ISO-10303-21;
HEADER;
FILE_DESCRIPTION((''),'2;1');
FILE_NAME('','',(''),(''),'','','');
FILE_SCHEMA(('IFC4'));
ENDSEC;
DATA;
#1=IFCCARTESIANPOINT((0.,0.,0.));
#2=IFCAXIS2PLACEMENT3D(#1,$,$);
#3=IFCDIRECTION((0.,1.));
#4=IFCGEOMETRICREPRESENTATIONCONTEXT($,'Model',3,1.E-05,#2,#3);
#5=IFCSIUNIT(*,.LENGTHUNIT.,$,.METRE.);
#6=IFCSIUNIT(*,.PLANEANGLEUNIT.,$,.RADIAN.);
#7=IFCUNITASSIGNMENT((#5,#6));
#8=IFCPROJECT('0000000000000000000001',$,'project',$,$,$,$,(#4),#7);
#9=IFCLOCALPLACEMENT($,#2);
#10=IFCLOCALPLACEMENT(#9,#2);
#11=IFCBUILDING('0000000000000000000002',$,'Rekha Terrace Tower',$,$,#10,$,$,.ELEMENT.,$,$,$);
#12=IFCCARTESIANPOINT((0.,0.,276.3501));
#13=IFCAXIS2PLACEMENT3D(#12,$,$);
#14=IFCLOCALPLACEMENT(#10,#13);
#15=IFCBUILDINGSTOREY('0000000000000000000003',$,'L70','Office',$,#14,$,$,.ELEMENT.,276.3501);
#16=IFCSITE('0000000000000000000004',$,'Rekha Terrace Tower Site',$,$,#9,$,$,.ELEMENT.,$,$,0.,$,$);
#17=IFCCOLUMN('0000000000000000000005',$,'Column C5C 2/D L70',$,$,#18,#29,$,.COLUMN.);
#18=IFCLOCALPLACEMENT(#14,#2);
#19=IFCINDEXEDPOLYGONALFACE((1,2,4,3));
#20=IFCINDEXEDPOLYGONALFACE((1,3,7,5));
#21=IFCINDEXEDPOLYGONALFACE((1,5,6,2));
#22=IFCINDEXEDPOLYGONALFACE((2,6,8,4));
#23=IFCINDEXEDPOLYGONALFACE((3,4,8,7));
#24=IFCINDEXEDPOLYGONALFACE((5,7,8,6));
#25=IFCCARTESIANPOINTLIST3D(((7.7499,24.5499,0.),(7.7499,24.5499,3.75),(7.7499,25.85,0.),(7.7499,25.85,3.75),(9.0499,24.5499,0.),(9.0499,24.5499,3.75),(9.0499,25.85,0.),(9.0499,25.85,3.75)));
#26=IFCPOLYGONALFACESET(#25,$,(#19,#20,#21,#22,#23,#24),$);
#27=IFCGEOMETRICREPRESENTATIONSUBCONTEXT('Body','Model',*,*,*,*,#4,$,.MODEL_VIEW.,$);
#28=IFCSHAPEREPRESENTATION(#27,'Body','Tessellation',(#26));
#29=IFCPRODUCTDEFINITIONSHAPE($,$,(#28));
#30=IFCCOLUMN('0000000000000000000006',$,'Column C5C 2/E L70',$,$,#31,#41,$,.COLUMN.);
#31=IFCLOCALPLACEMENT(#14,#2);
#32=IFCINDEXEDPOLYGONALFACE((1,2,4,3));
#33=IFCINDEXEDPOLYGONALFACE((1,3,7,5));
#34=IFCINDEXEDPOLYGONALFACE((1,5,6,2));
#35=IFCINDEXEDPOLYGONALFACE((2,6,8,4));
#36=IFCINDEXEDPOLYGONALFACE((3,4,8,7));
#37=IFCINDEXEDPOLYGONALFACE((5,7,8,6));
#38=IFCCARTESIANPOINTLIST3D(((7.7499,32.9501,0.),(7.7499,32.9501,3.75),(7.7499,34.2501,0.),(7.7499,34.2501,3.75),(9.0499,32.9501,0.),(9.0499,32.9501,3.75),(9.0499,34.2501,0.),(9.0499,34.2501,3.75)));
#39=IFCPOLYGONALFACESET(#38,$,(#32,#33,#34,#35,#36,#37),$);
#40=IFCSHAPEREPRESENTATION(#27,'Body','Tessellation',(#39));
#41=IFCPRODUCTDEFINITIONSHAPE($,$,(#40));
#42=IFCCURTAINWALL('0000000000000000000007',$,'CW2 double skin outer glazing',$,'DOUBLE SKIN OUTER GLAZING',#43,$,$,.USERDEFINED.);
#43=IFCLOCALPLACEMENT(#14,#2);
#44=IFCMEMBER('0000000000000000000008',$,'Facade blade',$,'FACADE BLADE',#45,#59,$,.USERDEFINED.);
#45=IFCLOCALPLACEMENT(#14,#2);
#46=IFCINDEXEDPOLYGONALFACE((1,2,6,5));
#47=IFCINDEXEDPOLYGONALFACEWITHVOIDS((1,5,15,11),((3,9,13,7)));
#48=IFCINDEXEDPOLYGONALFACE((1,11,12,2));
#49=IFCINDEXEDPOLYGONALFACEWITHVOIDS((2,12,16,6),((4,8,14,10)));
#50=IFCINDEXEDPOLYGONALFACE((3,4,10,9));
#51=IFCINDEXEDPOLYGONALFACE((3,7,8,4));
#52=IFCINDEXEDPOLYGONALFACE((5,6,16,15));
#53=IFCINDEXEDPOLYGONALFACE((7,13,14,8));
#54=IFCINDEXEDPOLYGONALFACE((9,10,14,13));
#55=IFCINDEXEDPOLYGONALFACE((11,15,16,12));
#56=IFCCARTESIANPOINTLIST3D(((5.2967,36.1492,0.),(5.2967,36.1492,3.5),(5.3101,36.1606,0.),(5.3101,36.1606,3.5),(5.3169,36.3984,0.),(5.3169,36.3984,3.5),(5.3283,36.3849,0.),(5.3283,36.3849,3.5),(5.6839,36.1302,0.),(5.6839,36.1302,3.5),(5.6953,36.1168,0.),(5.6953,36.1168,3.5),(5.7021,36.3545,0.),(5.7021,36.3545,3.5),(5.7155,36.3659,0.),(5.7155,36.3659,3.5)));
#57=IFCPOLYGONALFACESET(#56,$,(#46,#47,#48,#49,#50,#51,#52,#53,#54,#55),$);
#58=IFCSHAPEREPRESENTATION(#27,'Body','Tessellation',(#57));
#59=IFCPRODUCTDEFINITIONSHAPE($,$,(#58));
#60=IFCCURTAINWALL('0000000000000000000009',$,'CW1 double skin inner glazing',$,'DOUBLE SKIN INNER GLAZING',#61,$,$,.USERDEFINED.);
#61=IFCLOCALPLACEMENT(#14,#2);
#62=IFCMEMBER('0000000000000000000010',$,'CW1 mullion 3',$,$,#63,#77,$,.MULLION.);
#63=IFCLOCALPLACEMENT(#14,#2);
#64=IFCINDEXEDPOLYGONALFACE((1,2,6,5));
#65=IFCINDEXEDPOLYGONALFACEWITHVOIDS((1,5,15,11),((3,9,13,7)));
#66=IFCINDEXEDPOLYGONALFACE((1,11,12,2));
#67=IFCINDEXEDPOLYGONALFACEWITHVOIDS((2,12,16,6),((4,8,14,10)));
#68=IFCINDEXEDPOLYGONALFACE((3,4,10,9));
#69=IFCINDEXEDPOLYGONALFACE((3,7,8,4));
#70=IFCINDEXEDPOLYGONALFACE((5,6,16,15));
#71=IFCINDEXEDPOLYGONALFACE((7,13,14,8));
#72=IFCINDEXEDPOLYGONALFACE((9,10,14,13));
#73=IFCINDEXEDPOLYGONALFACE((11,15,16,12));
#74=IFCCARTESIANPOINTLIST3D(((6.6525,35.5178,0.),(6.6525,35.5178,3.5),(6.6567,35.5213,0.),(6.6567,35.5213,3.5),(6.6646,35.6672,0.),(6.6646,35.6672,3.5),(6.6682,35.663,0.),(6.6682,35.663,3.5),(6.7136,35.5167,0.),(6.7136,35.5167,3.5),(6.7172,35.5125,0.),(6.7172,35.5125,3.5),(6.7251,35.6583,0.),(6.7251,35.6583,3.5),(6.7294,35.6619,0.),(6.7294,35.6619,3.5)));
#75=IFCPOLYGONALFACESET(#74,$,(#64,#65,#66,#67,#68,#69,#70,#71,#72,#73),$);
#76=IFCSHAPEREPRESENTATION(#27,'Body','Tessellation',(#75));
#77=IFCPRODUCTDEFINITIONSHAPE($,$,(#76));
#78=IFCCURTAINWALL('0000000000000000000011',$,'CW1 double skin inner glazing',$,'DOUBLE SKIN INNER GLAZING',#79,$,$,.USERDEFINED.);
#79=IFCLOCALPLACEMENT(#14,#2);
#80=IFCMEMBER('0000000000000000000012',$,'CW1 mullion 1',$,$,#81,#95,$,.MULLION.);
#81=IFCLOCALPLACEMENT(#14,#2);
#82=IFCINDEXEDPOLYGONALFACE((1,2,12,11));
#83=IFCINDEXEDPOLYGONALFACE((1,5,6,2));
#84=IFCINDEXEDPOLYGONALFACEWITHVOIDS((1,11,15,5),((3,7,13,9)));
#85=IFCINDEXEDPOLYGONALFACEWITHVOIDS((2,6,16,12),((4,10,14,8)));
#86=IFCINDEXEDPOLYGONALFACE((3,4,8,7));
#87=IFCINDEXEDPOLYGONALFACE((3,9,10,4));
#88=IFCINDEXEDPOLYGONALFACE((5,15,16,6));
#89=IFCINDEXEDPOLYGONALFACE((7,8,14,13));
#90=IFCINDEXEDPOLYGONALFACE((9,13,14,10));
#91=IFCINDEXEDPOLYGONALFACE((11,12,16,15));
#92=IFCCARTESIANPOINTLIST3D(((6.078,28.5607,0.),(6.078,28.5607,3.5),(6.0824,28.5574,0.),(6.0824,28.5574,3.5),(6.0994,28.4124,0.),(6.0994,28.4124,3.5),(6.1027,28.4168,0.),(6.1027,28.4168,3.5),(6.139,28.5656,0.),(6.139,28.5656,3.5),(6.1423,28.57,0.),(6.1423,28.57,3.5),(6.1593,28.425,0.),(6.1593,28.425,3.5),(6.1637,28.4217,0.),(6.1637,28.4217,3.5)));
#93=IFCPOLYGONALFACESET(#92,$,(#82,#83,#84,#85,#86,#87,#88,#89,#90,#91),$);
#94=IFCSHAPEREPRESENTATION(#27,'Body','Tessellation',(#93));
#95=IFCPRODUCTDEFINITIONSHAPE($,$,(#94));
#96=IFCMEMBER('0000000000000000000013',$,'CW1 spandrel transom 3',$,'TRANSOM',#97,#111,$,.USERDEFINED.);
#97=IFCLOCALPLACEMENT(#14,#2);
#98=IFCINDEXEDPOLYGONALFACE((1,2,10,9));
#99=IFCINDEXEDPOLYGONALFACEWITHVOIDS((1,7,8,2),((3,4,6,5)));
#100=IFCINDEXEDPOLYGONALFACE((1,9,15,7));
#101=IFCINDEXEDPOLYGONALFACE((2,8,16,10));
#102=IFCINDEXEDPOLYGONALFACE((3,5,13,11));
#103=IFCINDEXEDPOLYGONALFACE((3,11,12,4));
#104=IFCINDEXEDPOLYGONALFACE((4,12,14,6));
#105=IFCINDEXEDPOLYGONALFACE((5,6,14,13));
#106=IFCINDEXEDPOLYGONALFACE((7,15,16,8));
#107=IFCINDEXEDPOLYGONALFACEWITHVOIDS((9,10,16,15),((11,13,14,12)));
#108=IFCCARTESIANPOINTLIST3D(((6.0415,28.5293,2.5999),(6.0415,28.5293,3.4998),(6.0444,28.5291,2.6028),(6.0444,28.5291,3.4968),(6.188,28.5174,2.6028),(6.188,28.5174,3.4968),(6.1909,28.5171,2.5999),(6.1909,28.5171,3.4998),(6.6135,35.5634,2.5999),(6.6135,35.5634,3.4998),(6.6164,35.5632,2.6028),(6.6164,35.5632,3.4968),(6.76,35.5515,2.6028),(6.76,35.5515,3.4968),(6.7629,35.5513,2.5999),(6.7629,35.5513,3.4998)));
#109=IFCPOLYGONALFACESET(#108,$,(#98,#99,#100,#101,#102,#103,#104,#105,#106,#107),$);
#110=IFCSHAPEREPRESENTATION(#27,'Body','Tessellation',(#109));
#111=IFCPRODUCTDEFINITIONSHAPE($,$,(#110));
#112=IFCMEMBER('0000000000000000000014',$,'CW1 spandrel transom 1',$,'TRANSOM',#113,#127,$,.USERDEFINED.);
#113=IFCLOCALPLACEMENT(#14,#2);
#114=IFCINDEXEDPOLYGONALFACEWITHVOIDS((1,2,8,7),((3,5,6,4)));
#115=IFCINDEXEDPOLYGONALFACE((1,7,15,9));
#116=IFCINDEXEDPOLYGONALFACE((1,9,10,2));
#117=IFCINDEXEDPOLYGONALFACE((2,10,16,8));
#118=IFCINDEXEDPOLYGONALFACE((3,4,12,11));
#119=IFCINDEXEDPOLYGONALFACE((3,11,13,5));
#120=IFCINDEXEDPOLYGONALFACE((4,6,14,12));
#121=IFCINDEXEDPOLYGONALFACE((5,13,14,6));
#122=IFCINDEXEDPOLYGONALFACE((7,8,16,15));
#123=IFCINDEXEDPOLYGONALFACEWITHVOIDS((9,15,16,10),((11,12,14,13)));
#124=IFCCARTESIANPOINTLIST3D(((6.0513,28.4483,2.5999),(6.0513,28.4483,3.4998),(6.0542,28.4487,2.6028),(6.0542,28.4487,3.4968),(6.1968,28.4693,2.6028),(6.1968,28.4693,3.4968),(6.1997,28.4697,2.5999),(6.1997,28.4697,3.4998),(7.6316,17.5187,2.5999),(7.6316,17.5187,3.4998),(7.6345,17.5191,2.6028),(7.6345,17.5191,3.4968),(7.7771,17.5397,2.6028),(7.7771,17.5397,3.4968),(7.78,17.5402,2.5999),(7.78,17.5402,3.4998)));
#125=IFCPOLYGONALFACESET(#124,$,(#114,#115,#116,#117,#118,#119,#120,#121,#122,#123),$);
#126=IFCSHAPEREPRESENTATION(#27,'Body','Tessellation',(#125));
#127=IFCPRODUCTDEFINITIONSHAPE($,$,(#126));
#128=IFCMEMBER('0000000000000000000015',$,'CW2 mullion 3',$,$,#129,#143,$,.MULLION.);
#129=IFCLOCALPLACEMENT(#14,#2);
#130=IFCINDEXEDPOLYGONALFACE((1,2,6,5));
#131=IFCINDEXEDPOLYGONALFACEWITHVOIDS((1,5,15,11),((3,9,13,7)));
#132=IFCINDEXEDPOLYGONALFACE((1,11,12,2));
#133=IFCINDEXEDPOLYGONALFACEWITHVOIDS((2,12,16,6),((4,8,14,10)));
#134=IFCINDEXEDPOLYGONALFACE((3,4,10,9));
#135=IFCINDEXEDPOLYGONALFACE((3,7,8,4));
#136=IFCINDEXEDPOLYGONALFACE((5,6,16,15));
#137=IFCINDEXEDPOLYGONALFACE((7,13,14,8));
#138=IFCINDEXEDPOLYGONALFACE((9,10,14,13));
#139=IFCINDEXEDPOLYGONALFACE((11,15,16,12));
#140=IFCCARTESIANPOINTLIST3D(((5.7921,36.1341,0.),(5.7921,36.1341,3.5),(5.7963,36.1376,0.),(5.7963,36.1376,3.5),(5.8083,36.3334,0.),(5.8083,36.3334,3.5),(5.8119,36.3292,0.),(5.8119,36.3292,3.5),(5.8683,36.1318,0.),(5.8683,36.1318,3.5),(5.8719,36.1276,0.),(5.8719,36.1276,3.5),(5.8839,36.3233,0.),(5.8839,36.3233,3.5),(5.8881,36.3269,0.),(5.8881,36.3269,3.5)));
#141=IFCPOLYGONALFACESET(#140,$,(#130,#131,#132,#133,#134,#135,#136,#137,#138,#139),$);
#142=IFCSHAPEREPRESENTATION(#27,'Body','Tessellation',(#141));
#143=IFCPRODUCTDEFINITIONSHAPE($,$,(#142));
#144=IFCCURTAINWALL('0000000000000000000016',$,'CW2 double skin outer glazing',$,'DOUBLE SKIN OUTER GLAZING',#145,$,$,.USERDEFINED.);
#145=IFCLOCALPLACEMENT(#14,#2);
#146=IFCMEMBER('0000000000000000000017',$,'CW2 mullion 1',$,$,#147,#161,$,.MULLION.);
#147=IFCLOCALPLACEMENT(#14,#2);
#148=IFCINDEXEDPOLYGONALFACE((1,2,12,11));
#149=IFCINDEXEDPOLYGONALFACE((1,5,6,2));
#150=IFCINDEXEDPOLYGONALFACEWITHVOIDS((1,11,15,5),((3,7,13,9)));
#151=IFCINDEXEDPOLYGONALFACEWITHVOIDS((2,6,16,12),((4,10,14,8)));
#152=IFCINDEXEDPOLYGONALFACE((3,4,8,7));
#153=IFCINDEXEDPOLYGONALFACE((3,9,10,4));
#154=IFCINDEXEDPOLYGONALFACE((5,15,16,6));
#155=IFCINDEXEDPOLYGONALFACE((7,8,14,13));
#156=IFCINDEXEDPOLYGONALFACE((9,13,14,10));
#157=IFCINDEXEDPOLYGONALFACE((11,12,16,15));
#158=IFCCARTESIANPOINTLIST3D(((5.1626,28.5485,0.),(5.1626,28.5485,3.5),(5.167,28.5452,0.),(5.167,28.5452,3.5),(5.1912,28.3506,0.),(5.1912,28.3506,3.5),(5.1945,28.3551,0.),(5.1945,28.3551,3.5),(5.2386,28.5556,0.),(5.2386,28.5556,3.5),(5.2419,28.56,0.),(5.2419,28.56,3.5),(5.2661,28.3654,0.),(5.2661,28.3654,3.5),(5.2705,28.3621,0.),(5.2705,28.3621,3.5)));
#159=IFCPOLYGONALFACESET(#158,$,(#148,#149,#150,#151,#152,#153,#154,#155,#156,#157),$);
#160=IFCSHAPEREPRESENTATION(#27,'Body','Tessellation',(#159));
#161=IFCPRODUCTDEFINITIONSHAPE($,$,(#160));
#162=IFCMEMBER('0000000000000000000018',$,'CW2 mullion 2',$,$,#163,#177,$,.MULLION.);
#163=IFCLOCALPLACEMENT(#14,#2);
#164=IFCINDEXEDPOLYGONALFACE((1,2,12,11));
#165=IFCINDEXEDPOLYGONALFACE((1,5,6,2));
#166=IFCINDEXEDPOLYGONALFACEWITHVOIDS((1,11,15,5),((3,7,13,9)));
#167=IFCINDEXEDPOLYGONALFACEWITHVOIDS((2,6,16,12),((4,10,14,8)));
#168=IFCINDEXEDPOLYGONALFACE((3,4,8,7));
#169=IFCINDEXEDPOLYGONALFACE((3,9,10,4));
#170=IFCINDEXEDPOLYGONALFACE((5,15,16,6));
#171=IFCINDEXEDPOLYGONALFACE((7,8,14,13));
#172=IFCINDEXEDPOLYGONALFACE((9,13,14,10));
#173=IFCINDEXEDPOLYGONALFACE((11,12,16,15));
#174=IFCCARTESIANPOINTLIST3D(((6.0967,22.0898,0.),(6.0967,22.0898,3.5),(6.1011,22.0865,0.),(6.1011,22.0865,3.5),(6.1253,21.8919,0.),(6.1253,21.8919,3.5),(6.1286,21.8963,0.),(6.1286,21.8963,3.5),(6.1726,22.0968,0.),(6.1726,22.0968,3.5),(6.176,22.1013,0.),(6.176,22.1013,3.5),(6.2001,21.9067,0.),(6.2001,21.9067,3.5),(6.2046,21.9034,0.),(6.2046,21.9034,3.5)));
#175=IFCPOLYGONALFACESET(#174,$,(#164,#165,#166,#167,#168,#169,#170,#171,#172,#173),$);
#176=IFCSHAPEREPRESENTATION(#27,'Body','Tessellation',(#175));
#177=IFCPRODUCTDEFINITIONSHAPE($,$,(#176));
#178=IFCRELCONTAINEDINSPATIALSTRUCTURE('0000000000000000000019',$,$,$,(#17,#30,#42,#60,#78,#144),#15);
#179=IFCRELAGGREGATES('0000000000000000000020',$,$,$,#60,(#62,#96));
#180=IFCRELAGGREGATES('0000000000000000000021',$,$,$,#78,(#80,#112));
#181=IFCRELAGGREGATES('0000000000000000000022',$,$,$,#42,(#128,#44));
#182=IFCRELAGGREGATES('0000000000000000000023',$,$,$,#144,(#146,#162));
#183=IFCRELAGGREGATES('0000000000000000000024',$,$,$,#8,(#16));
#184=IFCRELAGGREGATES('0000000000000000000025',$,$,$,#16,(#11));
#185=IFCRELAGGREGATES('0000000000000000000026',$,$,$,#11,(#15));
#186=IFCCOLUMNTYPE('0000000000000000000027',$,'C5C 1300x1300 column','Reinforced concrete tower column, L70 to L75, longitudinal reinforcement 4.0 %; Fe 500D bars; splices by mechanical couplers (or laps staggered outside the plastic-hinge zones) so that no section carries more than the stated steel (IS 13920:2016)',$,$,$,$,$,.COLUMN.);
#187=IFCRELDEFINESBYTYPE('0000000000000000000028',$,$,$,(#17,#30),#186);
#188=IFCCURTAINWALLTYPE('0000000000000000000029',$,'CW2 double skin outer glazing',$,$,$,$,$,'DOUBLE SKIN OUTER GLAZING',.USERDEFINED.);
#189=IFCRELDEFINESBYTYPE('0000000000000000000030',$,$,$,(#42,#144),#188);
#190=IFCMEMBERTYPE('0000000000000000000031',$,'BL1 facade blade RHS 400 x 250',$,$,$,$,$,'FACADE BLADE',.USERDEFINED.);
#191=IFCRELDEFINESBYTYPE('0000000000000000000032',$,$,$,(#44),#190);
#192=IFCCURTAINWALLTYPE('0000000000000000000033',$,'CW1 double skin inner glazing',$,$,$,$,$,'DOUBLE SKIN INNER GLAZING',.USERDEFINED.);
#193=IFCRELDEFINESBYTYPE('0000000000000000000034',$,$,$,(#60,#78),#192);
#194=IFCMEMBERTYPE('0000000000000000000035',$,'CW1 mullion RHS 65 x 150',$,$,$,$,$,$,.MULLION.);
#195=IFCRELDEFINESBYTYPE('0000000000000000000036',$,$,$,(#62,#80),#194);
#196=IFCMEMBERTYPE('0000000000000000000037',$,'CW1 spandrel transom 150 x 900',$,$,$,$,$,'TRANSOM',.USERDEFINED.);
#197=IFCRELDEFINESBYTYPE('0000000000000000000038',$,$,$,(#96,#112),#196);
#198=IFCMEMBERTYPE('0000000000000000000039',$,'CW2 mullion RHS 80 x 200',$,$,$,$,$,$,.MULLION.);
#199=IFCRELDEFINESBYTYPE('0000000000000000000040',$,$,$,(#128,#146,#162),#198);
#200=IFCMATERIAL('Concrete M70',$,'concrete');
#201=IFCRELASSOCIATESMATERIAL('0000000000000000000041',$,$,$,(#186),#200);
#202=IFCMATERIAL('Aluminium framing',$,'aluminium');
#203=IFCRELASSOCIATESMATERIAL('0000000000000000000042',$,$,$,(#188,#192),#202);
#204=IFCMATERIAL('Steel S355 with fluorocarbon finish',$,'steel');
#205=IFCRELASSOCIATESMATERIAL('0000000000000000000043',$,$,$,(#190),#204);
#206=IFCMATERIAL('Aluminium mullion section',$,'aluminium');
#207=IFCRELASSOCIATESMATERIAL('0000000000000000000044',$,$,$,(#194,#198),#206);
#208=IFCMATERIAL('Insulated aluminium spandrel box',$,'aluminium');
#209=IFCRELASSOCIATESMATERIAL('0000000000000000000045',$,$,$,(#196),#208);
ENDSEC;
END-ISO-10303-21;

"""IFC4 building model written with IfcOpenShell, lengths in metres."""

from ifc_helpers import new_model, si_unit, direction, frame, origin, origin_2d, place, context, subcontext, project, spatial, rectangle, hollow_rectangle, extrude, material, material_profile, profile_set, type_object, element, aggregate, save


model = new_model("IFC4")

# Units and contexts
model_context = context("Model", 3, precision=1e-05, world=origin(), true_north=direction((0.0, 1.0)))
body_context = subcontext(model_context, "Body", "Model", "MODEL_VIEW")
ifc_project = project(units=[si_unit("LENGTHUNIT", "METRE"), si_unit("PLANEANGLEUNIT", "RADIAN")], contexts=[model_context])

# Site, building, storey
site_placement = place(None, origin())
site = spatial("IfcSite", under=ifc_project, at=site_placement, Name="Rekha Terrace Tower Site", CompositionType="ELEMENT", RefElevation=0.0)
building_placement = place(site_placement, origin())
building = spatial("IfcBuilding", under=site, at=building_placement, Name="Rekha Terrace Tower", CompositionType="ELEMENT")
storey_placement = place(building_placement, frame((0.0, 0.0, 276.3501)))
storey = spatial("IfcBuildingStorey", under=building, at=storey_placement, Name="L70", Description="Office", CompositionType="ELEMENT", Elevation=276.3501)

# Columns
ifc_material_1 = material(Name="Concrete M70", Category="concrete")
ifc_material_profile_1 = material_profile(ifc_material_1, rectangle(XDim=1.3, YDim=1.3, at=origin_2d()), Name="RC 1300x1300")
ifc_profile_set_1 = profile_set([ifc_material_profile_1], Name="Concrete M70")
column_type = type_object("IfcColumnType", Name="C5C 1300x1300 column", Description="Reinforced concrete tower column, L70 to L75, longitudinal reinforcement 4.0 %; Fe 500D bars; splices by mechanical couplers (or laps staggered outside the plastic-hinge zones) so that no section carries more than the stated steel (IS 13920:2016)", PredefinedType="COLUMN", material=ifc_profile_set_1)
for number, where, z_axis, x_axis, name in (
    (1, (8.3999, 25.2, 0.0), (0.0, 0.0, 1.0), (1.0, 0.0, 0.0), "Column C5C 2/D L70"),
    (2, (8.3999, 33.6001, 0.0), (0.0, 0.0, 1.0), (1.0, 0.0, 0.0), "Column C5C 2/E L70"),
):
    element("IfcColumn", number, at=place(storey_placement, frame(where, z_axis=z_axis, x_axis=x_axis)), inside=storey, type_object=column_type, Name=name, PredefinedType="COLUMN", context=body_context, shape_type="SweptSolid", body=[
        extrude(rectangle(XDim=1.3, YDim=1.3, at=origin_2d()), origin(), (0.0, 0.0, 1.0), 3.75),
    ])

# Curtain walls, members
ifc_material_2 = material(Name="Aluminium framing", Category="aluminium")
curtain_wall_type_1 = type_object("IfcCurtainWallType", Name="CW2 double skin outer glazing", ElementType="DOUBLE SKIN OUTER GLAZING", PredefinedType="USERDEFINED", material=ifc_material_2)
curtain_wall_1_placement = place(storey_placement, origin())
curtain_wall_1 = element("IfcCurtainWall", 3, at=curtain_wall_1_placement, inside=storey, type_object=curtain_wall_type_1, Name="CW2 double skin outer glazing", ObjectType="DOUBLE SKIN OUTER GLAZING", PredefinedType="USERDEFINED")
ifc_material_3 = material(Name="Steel S355 with fluorocarbon finish", Category="steel")
ifc_material_profile_2 = material_profile(ifc_material_3, hollow_rectangle(XDim=0.25, YDim=0.3999, WallThickness=0.0125, at=origin_2d()), Name="RHS400x250x12.5")
ifc_profile_set_2 = profile_set([ifc_material_profile_2], Name="Steel S355 with fluorocarbon finish")
member_type_1 = type_object("IfcMemberType", Name="BL1 facade blade RHS 400 x 250", ElementType="FACADE BLADE", PredefinedType="USERDEFINED", material=ifc_profile_set_2)
member_1_placement = place(storey_placement, frame((5.5061, 36.2576, 0.0), z_axis=(0.0, 0.0, 1.0), x_axis=(-0.081069, -0.996709, 0.0)))
member_1 = element("IfcMember", 4, at=member_1_placement, type_object=member_type_1, Name="Facade blade", ObjectType="FACADE BLADE", PredefinedType="USERDEFINED", context=body_context, shape_type="SweptSolid", body=[
    extrude(hollow_rectangle(XDim=0.25, YDim=0.3999, WallThickness=0.0125, at=origin_2d()), origin(), (0.0, 0.0, 1.0), 3.5),
])
curtain_wall_type_2 = type_object("IfcCurtainWallType", Name="CW1 double skin inner glazing", ElementType="DOUBLE SKIN INNER GLAZING", PredefinedType="USERDEFINED", material=ifc_material_2)
curtain_wall_2_placement = place(storey_placement, origin())
curtain_wall_2 = element("IfcCurtainWall", 5, at=curtain_wall_2_placement, inside=storey, type_object=curtain_wall_type_2, Name="CW1 double skin inner glazing", ObjectType="DOUBLE SKIN INNER GLAZING", PredefinedType="USERDEFINED")
ifc_material_4 = material(Name="Aluminium mullion section", Category="aluminium")
ifc_material_profile_3 = material_profile(ifc_material_4, hollow_rectangle(XDim=0.0649, YDim=0.1499, WallThickness=0.0039, at=origin_2d()), Name="AL RHS 65x150")
ifc_profile_set_3 = profile_set([ifc_material_profile_3], Name="Aluminium mullion section")
member_type_2 = type_object("IfcMemberType", Name="CW1 mullion RHS 65 x 150", PredefinedType="MULLION", material=ifc_profile_set_3)
member_2_placement = place(storey_placement, frame((6.6909, 35.5898, 0.0), z_axis=(0.0, 0.0, 1.0), x_axis=(0.996709, -0.081068, 0.0)))
member_2 = element("IfcMember", 6, at=member_2_placement, type_object=member_type_2, Name="CW1 mullion 3", PredefinedType="MULLION", context=body_context, shape_type="SweptSolid", body=[
    extrude(hollow_rectangle(XDim=0.0649, YDim=0.1499, WallThickness=0.0039, at=origin_2d()), origin(), (0.0, 0.0, 1.0), 3.5),
])
curtain_wall_3_placement = place(storey_placement, origin())
curtain_wall_3 = element("IfcCurtainWall", 7, at=curtain_wall_3_placement, inside=storey, type_object=curtain_wall_type_2, Name="CW1 double skin inner glazing", ObjectType="DOUBLE SKIN INNER GLAZING", PredefinedType="USERDEFINED")
member_3_placement = place(storey_placement, frame((6.1208, 28.4912, 0.0), z_axis=(0.0, 0.0, 1.0), x_axis=(0.989707, 0.143108, 0.0)))
member_3 = element("IfcMember", 8, at=member_3_placement, type_object=member_type_2, Name="CW1 mullion 1", PredefinedType="MULLION", context=body_context, shape_type="SweptSolid", body=[
    extrude(hollow_rectangle(XDim=0.0649, YDim=0.1499, WallThickness=0.0039, at=origin_2d()), origin(), (0.0, 0.0, 1.0), 3.5),
])

# Members
ifc_material_5 = material(Name="Insulated aluminium spandrel box", Category="aluminium")
ifc_material_profile_4 = material_profile(ifc_material_5, hollow_rectangle(XDim=0.1499, YDim=0.8999, WallThickness=0.0029, at=origin_2d()), Name="AL SPANDREL BOX 150x900")
ifc_profile_set_4 = profile_set([ifc_material_profile_4], Name="Insulated aluminium spandrel box")
member_type_3 = type_object("IfcMemberType", Name="CW1 spandrel transom 150 x 900", ElementType="TRANSOM", PredefinedType="USERDEFINED", material=ifc_profile_set_4)
member_4_placement = place(storey_placement, frame((6.6882, 35.5574, 3.0498), z_axis=(-0.081053, -0.99671, 0.0), x_axis=(0.99671, -0.081053, 0.0)))
member_4 = element("IfcMember", 9, at=member_4_placement, type_object=member_type_3, Name="CW1 spandrel transom 3", ObjectType="TRANSOM", PredefinedType="USERDEFINED", context=body_context, shape_type="SweptSolid", body=[
    extrude(hollow_rectangle(XDim=0.1499, YDim=0.8999, WallThickness=0.0029, at=origin_2d()), origin(), (0.0, 0.0, 1.0), 7.0574),
])
member_5_placement = place(storey_placement, frame((6.1255, 28.459, 3.0498), z_axis=(0.143105, -0.989708, 0.0), x_axis=(0.989708, 0.143105, 0.0)))
member_5 = element("IfcMember", 10, at=member_5_placement, type_object=member_type_3, Name="CW1 spandrel transom 1", ObjectType="TRANSOM", PredefinedType="USERDEFINED", context=body_context, shape_type="SweptSolid", body=[
    extrude(hollow_rectangle(XDim=0.1499, YDim=0.8999, WallThickness=0.0029, at=origin_2d()), origin(), (0.0, 0.0, 1.0), 11.0432),
])
ifc_material_profile_5 = material_profile(ifc_material_4, hollow_rectangle(XDim=0.0801, YDim=0.2, WallThickness=0.0039, at=origin_2d()), Name="AL RHS 80x200")
ifc_profile_set_5 = profile_set([ifc_material_profile_5], Name="Aluminium mullion section")
member_type_4 = type_object("IfcMemberType", Name="CW2 mullion RHS 80 x 200", PredefinedType="MULLION", material=ifc_profile_set_5)
member_6_placement = place(storey_placement, frame((5.8401, 36.2305, 0.0), z_axis=(0.0, 0.0, 1.0), x_axis=(0.996709, -0.081068, 0.0)))
member_6 = element("IfcMember", 11, at=member_6_placement, type_object=member_type_4, Name="CW2 mullion 3", PredefinedType="MULLION", context=body_context, shape_type="SweptSolid", body=[
    extrude(hollow_rectangle(XDim=0.0801, YDim=0.2, WallThickness=0.0039, at=origin_2d()), origin(), (0.0, 0.0, 1.0), 3.5),
])

# Curtain wall, members
curtain_wall_4_placement = place(storey_placement, origin())
curtain_wall_4 = element("IfcCurtainWall", 12, at=curtain_wall_4_placement, inside=storey, type_object=curtain_wall_type_1, Name="CW2 double skin outer glazing", ObjectType="DOUBLE SKIN OUTER GLAZING", PredefinedType="USERDEFINED")
member_7_placement = place(storey_placement, frame((5.2166, 28.4553, 0.0), z_axis=(0.0, 0.0, 1.0), x_axis=(0.989707, 0.143108, 0.0)))
member_7 = element("IfcMember", 13, at=member_7_placement, type_object=member_type_4, Name="CW2 mullion 1", PredefinedType="MULLION", context=body_context, shape_type="SweptSolid", body=[
    extrude(hollow_rectangle(XDim=0.0801, YDim=0.2, WallThickness=0.0039, at=origin_2d()), origin(), (0.0, 0.0, 1.0), 3.5),
])
member_8_placement = place(storey_placement, frame((6.1506, 21.9966, 0.0), z_axis=(0.0, 0.0, 1.0), x_axis=(0.989707, 0.143108, 0.0)))
member_8 = element("IfcMember", 14, at=member_8_placement, type_object=member_type_4, Name="CW2 mullion 2", PredefinedType="MULLION", context=body_context, shape_type="SweptSolid", body=[
    extrude(hollow_rectangle(XDim=0.0801, YDim=0.2, WallThickness=0.0039, at=origin_2d()), origin(), (0.0, 0.0, 1.0), 3.5),
])

aggregate(curtain_wall_2, [member_2, member_4])
aggregate(curtain_wall_3, [member_3, member_5])
aggregate(curtain_wall_1, [member_6, member_1])
aggregate(curtain_wall_4, [member_7, member_8])

save(model, "model.ifc")
